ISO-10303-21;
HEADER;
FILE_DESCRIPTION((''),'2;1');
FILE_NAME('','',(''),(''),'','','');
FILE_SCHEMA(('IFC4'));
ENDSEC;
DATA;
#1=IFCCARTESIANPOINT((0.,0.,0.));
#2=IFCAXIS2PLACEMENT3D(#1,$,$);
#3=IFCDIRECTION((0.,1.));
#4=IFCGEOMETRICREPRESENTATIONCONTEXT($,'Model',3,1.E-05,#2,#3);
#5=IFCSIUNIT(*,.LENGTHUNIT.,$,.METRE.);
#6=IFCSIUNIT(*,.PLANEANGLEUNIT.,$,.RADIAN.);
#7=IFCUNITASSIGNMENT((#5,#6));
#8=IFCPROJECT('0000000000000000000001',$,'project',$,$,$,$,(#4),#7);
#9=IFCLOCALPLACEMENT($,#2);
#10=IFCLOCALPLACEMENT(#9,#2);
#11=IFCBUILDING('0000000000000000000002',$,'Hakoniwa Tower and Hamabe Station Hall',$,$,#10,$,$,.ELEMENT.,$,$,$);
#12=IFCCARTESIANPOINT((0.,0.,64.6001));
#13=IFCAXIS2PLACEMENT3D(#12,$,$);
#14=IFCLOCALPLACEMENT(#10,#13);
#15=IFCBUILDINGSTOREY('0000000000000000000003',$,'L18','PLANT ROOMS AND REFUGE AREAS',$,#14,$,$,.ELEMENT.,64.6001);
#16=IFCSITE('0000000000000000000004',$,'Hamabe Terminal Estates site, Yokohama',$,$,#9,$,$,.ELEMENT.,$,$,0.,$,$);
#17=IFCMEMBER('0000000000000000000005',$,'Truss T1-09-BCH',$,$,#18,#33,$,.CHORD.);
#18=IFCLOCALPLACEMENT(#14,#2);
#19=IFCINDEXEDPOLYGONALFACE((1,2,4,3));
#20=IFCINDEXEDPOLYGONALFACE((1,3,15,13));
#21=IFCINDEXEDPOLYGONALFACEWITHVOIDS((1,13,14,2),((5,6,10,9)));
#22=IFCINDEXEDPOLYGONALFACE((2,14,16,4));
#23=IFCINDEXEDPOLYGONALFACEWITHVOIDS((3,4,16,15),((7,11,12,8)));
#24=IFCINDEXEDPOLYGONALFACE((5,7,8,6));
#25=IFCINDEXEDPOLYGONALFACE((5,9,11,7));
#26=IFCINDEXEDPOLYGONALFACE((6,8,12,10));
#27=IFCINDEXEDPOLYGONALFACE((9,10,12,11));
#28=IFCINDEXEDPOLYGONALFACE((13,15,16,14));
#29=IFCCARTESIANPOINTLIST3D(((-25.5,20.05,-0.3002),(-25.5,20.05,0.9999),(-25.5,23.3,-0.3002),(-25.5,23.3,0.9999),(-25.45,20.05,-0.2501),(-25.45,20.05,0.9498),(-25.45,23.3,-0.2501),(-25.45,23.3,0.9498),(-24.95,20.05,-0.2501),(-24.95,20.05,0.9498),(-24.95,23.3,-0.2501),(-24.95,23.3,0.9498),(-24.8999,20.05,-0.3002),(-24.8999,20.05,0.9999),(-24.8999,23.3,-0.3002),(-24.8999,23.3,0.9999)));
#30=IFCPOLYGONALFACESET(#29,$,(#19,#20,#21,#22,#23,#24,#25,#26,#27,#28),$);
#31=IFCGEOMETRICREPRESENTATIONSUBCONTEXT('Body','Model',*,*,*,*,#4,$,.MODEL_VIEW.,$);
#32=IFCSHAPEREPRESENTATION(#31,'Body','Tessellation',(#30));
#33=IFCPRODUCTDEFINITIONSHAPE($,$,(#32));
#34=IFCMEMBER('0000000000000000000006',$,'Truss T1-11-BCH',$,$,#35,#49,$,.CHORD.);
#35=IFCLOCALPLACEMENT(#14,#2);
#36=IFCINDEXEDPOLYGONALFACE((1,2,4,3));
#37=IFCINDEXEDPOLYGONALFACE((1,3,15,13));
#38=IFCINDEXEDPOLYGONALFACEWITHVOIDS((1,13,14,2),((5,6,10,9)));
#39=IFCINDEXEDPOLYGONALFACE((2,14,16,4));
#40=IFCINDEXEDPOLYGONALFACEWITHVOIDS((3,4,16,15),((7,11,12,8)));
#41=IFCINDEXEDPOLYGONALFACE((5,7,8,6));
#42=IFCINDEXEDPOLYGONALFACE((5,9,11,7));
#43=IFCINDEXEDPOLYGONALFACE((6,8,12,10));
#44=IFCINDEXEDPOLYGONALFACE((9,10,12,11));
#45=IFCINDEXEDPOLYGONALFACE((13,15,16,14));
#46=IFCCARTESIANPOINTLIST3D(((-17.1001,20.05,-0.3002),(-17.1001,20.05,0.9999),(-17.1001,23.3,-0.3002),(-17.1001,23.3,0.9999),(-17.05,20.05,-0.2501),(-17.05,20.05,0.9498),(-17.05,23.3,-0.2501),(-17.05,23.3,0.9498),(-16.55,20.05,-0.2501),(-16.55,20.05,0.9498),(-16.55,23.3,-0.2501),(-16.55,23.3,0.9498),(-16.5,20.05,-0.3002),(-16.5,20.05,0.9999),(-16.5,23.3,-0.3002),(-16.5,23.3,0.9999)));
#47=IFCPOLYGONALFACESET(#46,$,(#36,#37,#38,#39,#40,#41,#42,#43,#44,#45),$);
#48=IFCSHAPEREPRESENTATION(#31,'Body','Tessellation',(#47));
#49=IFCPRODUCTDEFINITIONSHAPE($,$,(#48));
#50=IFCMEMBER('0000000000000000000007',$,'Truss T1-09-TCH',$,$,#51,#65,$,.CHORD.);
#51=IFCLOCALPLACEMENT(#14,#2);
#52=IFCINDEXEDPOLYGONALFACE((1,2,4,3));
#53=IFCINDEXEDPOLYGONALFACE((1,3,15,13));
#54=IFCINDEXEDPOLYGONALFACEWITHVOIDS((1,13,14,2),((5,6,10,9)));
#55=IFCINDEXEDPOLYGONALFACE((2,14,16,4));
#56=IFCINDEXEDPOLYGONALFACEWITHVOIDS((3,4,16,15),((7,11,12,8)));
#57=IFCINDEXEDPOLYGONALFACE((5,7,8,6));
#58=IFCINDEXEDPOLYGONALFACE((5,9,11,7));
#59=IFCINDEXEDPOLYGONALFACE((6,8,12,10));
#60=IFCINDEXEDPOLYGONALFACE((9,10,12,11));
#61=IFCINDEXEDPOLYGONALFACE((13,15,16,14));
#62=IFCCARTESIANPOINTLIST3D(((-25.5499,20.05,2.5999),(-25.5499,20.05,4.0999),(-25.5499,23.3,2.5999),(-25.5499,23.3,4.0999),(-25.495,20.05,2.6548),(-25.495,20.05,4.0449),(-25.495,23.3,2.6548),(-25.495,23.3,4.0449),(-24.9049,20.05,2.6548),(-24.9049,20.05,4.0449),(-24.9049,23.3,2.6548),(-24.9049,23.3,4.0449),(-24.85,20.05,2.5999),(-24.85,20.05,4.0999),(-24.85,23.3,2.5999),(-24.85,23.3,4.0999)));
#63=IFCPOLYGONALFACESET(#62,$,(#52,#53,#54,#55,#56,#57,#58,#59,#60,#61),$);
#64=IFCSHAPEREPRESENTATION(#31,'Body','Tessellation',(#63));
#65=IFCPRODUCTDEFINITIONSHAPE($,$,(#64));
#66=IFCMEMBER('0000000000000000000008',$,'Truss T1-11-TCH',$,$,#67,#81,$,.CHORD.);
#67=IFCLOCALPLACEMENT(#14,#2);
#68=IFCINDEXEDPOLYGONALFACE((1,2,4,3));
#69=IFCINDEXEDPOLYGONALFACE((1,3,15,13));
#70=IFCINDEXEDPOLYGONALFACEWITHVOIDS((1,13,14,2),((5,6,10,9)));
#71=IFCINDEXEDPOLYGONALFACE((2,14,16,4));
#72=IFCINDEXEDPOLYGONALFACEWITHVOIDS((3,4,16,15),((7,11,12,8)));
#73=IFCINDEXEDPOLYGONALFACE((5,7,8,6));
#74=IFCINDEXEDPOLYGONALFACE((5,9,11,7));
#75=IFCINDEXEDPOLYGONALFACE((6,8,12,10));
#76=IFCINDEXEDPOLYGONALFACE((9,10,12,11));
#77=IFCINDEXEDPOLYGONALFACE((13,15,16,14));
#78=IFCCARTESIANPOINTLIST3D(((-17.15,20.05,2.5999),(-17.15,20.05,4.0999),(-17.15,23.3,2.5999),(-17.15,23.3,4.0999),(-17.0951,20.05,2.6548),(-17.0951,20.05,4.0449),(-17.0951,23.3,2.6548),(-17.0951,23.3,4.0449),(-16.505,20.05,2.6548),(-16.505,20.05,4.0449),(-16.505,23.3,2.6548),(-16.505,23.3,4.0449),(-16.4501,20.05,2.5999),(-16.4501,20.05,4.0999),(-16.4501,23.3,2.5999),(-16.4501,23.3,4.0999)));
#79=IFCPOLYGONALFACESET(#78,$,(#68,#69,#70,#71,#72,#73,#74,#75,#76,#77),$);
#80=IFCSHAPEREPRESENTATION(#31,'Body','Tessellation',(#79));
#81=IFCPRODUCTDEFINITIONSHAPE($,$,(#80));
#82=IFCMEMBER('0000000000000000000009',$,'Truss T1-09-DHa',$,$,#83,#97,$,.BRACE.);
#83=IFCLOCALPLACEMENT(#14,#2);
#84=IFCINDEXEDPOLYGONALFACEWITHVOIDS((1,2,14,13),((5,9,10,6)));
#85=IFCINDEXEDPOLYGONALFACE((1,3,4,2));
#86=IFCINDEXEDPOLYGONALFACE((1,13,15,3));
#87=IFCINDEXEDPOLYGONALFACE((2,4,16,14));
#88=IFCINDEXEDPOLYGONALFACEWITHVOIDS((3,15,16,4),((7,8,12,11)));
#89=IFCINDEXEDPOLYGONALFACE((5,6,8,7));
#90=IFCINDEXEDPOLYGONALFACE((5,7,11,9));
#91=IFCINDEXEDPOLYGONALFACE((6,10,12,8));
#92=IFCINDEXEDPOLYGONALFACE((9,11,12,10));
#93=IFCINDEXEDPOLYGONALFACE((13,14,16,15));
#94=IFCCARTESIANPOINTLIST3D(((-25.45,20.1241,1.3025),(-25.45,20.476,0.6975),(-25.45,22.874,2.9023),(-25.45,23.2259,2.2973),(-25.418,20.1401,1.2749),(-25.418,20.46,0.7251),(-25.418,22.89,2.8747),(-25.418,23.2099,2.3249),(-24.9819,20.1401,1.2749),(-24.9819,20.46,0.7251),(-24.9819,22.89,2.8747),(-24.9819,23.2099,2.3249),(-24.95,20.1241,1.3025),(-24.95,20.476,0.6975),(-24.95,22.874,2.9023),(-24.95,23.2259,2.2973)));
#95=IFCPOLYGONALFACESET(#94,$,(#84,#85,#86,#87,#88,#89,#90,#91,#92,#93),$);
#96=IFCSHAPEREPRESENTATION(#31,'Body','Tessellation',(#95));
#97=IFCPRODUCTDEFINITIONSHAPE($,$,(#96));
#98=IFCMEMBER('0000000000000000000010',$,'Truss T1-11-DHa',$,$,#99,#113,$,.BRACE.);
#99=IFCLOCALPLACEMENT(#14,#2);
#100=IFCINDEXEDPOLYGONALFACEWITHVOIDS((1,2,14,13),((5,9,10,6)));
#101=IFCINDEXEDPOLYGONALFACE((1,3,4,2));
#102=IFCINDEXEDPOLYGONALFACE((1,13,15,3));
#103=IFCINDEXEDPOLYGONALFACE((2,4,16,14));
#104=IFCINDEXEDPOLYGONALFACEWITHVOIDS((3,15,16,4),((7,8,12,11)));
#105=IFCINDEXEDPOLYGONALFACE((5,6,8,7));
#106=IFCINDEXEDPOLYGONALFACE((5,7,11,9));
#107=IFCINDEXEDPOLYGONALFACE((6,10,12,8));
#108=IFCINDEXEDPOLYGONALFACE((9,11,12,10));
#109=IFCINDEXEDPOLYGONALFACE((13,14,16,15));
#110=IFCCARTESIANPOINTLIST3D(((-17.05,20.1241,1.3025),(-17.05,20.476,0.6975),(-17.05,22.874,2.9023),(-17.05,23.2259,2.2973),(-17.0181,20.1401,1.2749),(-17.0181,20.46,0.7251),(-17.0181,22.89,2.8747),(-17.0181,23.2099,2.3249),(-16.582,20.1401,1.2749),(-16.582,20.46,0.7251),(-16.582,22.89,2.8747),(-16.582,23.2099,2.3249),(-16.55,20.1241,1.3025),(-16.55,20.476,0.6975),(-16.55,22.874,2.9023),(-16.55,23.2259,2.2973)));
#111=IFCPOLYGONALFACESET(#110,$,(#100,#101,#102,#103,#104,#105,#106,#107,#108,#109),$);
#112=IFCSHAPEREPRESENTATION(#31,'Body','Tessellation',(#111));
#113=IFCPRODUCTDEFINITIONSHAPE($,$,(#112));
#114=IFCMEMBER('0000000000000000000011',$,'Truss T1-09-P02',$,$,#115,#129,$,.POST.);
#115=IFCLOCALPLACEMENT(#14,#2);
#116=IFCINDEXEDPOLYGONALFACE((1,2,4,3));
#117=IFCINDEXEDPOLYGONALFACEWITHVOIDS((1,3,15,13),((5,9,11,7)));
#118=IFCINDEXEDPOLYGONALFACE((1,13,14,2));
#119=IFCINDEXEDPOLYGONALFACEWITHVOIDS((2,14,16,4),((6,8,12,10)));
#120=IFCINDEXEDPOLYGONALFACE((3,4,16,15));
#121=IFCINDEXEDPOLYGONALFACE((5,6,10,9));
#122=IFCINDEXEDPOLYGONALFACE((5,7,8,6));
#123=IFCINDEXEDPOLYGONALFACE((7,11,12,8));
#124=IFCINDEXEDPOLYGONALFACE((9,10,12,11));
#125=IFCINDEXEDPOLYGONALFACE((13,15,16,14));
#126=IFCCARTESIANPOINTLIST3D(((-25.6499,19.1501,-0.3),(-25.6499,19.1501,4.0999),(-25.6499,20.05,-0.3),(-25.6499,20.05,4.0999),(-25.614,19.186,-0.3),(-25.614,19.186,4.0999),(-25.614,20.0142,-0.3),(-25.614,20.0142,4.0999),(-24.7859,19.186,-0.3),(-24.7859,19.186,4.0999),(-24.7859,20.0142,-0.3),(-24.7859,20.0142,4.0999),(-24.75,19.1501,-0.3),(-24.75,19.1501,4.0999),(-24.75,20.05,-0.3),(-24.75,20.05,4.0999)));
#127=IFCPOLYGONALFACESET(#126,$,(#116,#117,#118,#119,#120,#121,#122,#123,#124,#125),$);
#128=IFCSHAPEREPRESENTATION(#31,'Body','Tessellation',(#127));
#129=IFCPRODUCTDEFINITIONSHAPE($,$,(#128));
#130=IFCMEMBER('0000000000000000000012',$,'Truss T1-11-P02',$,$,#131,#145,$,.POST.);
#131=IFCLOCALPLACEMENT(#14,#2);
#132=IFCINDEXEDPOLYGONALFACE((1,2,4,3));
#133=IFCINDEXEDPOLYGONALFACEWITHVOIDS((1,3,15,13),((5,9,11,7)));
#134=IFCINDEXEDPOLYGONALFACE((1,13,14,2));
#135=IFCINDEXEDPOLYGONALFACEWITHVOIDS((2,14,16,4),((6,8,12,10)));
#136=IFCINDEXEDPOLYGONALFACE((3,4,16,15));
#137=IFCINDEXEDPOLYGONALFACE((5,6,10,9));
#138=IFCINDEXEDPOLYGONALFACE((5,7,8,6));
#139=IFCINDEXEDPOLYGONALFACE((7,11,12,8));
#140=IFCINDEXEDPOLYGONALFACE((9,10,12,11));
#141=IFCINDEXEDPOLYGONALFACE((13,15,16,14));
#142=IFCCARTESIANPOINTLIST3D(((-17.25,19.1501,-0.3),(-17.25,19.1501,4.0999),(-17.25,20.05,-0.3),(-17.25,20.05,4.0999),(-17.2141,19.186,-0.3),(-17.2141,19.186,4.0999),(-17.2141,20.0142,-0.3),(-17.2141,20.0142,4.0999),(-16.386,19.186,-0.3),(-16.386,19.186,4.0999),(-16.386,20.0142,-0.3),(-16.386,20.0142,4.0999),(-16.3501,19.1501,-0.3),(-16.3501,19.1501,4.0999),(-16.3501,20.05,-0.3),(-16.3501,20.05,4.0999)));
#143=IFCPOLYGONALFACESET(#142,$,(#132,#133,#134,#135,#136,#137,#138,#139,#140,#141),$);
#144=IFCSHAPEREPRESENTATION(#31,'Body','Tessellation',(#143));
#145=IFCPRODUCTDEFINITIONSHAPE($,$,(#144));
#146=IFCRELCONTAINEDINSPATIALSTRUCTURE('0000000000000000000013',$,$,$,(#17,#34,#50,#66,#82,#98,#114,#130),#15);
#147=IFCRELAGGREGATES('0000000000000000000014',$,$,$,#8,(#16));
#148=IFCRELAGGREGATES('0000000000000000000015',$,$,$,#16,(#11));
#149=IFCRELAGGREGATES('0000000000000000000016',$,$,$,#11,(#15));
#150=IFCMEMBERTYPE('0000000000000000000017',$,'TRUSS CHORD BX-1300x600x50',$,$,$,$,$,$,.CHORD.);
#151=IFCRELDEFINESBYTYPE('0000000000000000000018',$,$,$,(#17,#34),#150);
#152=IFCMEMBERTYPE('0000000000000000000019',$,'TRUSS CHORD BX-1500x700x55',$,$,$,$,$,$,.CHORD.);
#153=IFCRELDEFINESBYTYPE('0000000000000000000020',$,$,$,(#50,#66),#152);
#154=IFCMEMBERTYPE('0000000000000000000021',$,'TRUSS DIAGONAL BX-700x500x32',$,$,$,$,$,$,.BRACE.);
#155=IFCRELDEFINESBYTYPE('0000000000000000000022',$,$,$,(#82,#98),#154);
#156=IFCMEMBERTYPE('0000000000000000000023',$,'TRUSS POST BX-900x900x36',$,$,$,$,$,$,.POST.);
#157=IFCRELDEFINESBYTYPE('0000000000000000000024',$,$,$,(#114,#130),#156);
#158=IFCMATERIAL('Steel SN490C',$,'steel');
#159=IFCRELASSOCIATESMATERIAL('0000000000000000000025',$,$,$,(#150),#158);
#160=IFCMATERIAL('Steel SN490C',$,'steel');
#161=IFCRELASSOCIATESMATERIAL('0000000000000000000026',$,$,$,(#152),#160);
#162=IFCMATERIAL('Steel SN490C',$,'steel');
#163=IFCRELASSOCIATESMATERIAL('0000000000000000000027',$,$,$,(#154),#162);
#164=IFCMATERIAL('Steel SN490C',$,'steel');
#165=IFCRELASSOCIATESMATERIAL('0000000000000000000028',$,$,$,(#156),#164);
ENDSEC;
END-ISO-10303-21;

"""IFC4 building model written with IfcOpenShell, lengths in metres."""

from ifc_helpers import new_model, si_unit, direction, frame, origin, origin_2d, place, context, subcontext, project, spatial, hollow_rectangle, extrude, material, material_profile, profile_set, type_object, element, save


model = new_model("IFC4")

# Units and contexts
model_context = context("Model", 3, precision=1e-05, world=origin(), true_north=direction((0.0, 1.0)))
body_context = subcontext(model_context, "Body", "Model", "MODEL_VIEW")
ifc_project = project(units=[si_unit("LENGTHUNIT", "METRE"), si_unit("PLANEANGLEUNIT", "RADIAN")], contexts=[model_context])

# Site, building, storey
site_placement = place(None, origin())
site = spatial("IfcSite", under=ifc_project, at=site_placement, Name="Hamabe Terminal Estates site, Yokohama", CompositionType="ELEMENT", RefElevation=0.0)
building_placement = place(site_placement, origin())
building = spatial("IfcBuilding", under=site, at=building_placement, Name="Hakoniwa Tower and Hamabe Station Hall", CompositionType="ELEMENT")
storey_placement = place(building_placement, frame((0.0, 0.0, 64.6001)))
storey = spatial("IfcBuildingStorey", under=building, at=storey_placement, Name="L18", Description="PLANT ROOMS AND REFUGE AREAS", CompositionType="ELEMENT", Elevation=64.6001)

# Members
ifc_material_1 = material(Name="Steel SN490C", Category="steel")
ifc_material_profile_1 = material_profile(ifc_material_1, hollow_rectangle(XDim=0.6001, YDim=1.3, WallThickness=0.05, at=origin_2d()), Name="BX-1300x600x50")
ifc_profile_set_1 = profile_set([ifc_material_profile_1], Name="Steel SN490C")
member_type_1 = type_object("IfcMemberType", Name="TRUSS CHORD BX-1300x600x50", PredefinedType="CHORD", material=ifc_profile_set_1)
for number, where, z_axis, x_axis, name in (
    (1, (-25.2, 20.05, 0.3499), (0.0, 1.0, 0.0), (-1.0, 0.0, 0.0), "Truss T1-09-BCH"),
    (2, (-16.8, 20.05, 0.3499), (0.0, 1.0, 0.0), (-1.0, 0.0, 0.0), "Truss T1-11-BCH"),
):
    element("IfcMember", number, at=place(storey_placement, frame(where, z_axis=z_axis, x_axis=x_axis)), inside=storey, type_object=member_type_1, Name=name, PredefinedType="CHORD", context=body_context, shape_type="SweptSolid", body=[
        extrude(hollow_rectangle(XDim=0.6001, YDim=1.3, WallThickness=0.05, at=origin_2d()), origin(), (0.0, 0.0, 1.0), 3.25),
    ])
ifc_material_2 = material(Name="Steel SN490C", Category="steel")
ifc_material_profile_2 = material_profile(ifc_material_2, hollow_rectangle(XDim=0.7, YDim=1.5, WallThickness=0.0549, at=origin_2d()), Name="BX-1500x700x55")
ifc_profile_set_2 = profile_set([ifc_material_profile_2], Name="Steel SN490C")
member_type_2 = type_object("IfcMemberType", Name="TRUSS CHORD BX-1500x700x55", PredefinedType="CHORD", material=ifc_profile_set_2)
for number, where, z_axis, x_axis, name in (
    (3, (-25.2, 20.05, 3.3499), (0.0, 1.0, 0.0), (-1.0, 0.0, 0.0), "Truss T1-09-TCH"),
    (4, (-16.8, 20.05, 3.3499), (0.0, 1.0, 0.0), (-1.0, 0.0, 0.0), "Truss T1-11-TCH"),
):
    element("IfcMember", number, at=place(storey_placement, frame(where, z_axis=z_axis, x_axis=x_axis)), inside=storey, type_object=member_type_2, Name=name, PredefinedType="CHORD", context=body_context, shape_type="SweptSolid", body=[
        extrude(hollow_rectangle(XDim=0.7, YDim=1.5, WallThickness=0.0549, at=origin_2d()), origin(), (0.0, 0.0, 1.0), 3.25),
    ])
ifc_material_3 = material(Name="Steel SN490C", Category="steel")
ifc_material_profile_3 = material_profile(ifc_material_3, hollow_rectangle(XDim=0.5, YDim=0.7, WallThickness=0.032, at=origin_2d()), Name="BX-700x500x32")
ifc_profile_set_3 = profile_set([ifc_material_profile_3], Name="Steel SN490C")
member_type_3 = type_object("IfcMemberType", Name="TRUSS DIAGONAL BX-700x500x32", PredefinedType="BRACE", material=ifc_profile_set_3)
for number, where, z_axis, x_axis, name in (
    (5, (-25.2, 20.3, 1.0), (0.0, 0.864368, 0.502859), (-1.0, 0.0, 0.0), "Truss T1-09-DHa"),
    (6, (-16.8, 20.3, 1.0), (0.0, 0.864368, 0.502859), (-1.0, 0.0, 0.0), "Truss T1-11-DHa"),
):
    element("IfcMember", number, at=place(storey_placement, frame(where, z_axis=z_axis, x_axis=x_axis)), inside=storey, type_object=member_type_3, Name=name, PredefinedType="BRACE", context=body_context, shape_type="SweptSolid", body=[
        extrude(hollow_rectangle(XDim=0.5, YDim=0.7, WallThickness=0.032, at=origin_2d()), origin(), (0.0, 0.0, 1.0), 3.1814),
    ])
ifc_material_4 = material(Name="Steel SN490C", Category="steel")
ifc_material_profile_4 = material_profile(ifc_material_4, hollow_rectangle(XDim=0.8999, YDim=0.8999, WallThickness=0.0359, at=origin_2d()), Name="BX-900x900x36")
ifc_profile_set_4 = profile_set([ifc_material_profile_4], Name="Steel SN490C")
member_type_4 = type_object("IfcMemberType", Name="TRUSS POST BX-900x900x36", PredefinedType="POST", material=ifc_profile_set_4)
for number, where, z_axis, x_axis, name in (
    (7, (-25.2, 19.6001, -0.3), (0.0, 0.0, 1.0), (1.0, 0.0, 0.0), "Truss T1-09-P02"),
    (8, (-16.8, 19.6001, -0.3), (0.0, 0.0, 1.0), (1.0, 0.0, 0.0), "Truss T1-11-P02"),
):
    element("IfcMember", number, at=place(storey_placement, frame(where, z_axis=z_axis, x_axis=x_axis)), inside=storey, type_object=member_type_4, Name=name, PredefinedType="POST", context=body_context, shape_type="SweptSolid", body=[
        extrude(hollow_rectangle(XDim=0.8999, YDim=0.8999, WallThickness=0.0359, at=origin_2d()), origin(), (0.0, 0.0, 1.0), 4.3999),
    ])

save(model, "model.ifc")
